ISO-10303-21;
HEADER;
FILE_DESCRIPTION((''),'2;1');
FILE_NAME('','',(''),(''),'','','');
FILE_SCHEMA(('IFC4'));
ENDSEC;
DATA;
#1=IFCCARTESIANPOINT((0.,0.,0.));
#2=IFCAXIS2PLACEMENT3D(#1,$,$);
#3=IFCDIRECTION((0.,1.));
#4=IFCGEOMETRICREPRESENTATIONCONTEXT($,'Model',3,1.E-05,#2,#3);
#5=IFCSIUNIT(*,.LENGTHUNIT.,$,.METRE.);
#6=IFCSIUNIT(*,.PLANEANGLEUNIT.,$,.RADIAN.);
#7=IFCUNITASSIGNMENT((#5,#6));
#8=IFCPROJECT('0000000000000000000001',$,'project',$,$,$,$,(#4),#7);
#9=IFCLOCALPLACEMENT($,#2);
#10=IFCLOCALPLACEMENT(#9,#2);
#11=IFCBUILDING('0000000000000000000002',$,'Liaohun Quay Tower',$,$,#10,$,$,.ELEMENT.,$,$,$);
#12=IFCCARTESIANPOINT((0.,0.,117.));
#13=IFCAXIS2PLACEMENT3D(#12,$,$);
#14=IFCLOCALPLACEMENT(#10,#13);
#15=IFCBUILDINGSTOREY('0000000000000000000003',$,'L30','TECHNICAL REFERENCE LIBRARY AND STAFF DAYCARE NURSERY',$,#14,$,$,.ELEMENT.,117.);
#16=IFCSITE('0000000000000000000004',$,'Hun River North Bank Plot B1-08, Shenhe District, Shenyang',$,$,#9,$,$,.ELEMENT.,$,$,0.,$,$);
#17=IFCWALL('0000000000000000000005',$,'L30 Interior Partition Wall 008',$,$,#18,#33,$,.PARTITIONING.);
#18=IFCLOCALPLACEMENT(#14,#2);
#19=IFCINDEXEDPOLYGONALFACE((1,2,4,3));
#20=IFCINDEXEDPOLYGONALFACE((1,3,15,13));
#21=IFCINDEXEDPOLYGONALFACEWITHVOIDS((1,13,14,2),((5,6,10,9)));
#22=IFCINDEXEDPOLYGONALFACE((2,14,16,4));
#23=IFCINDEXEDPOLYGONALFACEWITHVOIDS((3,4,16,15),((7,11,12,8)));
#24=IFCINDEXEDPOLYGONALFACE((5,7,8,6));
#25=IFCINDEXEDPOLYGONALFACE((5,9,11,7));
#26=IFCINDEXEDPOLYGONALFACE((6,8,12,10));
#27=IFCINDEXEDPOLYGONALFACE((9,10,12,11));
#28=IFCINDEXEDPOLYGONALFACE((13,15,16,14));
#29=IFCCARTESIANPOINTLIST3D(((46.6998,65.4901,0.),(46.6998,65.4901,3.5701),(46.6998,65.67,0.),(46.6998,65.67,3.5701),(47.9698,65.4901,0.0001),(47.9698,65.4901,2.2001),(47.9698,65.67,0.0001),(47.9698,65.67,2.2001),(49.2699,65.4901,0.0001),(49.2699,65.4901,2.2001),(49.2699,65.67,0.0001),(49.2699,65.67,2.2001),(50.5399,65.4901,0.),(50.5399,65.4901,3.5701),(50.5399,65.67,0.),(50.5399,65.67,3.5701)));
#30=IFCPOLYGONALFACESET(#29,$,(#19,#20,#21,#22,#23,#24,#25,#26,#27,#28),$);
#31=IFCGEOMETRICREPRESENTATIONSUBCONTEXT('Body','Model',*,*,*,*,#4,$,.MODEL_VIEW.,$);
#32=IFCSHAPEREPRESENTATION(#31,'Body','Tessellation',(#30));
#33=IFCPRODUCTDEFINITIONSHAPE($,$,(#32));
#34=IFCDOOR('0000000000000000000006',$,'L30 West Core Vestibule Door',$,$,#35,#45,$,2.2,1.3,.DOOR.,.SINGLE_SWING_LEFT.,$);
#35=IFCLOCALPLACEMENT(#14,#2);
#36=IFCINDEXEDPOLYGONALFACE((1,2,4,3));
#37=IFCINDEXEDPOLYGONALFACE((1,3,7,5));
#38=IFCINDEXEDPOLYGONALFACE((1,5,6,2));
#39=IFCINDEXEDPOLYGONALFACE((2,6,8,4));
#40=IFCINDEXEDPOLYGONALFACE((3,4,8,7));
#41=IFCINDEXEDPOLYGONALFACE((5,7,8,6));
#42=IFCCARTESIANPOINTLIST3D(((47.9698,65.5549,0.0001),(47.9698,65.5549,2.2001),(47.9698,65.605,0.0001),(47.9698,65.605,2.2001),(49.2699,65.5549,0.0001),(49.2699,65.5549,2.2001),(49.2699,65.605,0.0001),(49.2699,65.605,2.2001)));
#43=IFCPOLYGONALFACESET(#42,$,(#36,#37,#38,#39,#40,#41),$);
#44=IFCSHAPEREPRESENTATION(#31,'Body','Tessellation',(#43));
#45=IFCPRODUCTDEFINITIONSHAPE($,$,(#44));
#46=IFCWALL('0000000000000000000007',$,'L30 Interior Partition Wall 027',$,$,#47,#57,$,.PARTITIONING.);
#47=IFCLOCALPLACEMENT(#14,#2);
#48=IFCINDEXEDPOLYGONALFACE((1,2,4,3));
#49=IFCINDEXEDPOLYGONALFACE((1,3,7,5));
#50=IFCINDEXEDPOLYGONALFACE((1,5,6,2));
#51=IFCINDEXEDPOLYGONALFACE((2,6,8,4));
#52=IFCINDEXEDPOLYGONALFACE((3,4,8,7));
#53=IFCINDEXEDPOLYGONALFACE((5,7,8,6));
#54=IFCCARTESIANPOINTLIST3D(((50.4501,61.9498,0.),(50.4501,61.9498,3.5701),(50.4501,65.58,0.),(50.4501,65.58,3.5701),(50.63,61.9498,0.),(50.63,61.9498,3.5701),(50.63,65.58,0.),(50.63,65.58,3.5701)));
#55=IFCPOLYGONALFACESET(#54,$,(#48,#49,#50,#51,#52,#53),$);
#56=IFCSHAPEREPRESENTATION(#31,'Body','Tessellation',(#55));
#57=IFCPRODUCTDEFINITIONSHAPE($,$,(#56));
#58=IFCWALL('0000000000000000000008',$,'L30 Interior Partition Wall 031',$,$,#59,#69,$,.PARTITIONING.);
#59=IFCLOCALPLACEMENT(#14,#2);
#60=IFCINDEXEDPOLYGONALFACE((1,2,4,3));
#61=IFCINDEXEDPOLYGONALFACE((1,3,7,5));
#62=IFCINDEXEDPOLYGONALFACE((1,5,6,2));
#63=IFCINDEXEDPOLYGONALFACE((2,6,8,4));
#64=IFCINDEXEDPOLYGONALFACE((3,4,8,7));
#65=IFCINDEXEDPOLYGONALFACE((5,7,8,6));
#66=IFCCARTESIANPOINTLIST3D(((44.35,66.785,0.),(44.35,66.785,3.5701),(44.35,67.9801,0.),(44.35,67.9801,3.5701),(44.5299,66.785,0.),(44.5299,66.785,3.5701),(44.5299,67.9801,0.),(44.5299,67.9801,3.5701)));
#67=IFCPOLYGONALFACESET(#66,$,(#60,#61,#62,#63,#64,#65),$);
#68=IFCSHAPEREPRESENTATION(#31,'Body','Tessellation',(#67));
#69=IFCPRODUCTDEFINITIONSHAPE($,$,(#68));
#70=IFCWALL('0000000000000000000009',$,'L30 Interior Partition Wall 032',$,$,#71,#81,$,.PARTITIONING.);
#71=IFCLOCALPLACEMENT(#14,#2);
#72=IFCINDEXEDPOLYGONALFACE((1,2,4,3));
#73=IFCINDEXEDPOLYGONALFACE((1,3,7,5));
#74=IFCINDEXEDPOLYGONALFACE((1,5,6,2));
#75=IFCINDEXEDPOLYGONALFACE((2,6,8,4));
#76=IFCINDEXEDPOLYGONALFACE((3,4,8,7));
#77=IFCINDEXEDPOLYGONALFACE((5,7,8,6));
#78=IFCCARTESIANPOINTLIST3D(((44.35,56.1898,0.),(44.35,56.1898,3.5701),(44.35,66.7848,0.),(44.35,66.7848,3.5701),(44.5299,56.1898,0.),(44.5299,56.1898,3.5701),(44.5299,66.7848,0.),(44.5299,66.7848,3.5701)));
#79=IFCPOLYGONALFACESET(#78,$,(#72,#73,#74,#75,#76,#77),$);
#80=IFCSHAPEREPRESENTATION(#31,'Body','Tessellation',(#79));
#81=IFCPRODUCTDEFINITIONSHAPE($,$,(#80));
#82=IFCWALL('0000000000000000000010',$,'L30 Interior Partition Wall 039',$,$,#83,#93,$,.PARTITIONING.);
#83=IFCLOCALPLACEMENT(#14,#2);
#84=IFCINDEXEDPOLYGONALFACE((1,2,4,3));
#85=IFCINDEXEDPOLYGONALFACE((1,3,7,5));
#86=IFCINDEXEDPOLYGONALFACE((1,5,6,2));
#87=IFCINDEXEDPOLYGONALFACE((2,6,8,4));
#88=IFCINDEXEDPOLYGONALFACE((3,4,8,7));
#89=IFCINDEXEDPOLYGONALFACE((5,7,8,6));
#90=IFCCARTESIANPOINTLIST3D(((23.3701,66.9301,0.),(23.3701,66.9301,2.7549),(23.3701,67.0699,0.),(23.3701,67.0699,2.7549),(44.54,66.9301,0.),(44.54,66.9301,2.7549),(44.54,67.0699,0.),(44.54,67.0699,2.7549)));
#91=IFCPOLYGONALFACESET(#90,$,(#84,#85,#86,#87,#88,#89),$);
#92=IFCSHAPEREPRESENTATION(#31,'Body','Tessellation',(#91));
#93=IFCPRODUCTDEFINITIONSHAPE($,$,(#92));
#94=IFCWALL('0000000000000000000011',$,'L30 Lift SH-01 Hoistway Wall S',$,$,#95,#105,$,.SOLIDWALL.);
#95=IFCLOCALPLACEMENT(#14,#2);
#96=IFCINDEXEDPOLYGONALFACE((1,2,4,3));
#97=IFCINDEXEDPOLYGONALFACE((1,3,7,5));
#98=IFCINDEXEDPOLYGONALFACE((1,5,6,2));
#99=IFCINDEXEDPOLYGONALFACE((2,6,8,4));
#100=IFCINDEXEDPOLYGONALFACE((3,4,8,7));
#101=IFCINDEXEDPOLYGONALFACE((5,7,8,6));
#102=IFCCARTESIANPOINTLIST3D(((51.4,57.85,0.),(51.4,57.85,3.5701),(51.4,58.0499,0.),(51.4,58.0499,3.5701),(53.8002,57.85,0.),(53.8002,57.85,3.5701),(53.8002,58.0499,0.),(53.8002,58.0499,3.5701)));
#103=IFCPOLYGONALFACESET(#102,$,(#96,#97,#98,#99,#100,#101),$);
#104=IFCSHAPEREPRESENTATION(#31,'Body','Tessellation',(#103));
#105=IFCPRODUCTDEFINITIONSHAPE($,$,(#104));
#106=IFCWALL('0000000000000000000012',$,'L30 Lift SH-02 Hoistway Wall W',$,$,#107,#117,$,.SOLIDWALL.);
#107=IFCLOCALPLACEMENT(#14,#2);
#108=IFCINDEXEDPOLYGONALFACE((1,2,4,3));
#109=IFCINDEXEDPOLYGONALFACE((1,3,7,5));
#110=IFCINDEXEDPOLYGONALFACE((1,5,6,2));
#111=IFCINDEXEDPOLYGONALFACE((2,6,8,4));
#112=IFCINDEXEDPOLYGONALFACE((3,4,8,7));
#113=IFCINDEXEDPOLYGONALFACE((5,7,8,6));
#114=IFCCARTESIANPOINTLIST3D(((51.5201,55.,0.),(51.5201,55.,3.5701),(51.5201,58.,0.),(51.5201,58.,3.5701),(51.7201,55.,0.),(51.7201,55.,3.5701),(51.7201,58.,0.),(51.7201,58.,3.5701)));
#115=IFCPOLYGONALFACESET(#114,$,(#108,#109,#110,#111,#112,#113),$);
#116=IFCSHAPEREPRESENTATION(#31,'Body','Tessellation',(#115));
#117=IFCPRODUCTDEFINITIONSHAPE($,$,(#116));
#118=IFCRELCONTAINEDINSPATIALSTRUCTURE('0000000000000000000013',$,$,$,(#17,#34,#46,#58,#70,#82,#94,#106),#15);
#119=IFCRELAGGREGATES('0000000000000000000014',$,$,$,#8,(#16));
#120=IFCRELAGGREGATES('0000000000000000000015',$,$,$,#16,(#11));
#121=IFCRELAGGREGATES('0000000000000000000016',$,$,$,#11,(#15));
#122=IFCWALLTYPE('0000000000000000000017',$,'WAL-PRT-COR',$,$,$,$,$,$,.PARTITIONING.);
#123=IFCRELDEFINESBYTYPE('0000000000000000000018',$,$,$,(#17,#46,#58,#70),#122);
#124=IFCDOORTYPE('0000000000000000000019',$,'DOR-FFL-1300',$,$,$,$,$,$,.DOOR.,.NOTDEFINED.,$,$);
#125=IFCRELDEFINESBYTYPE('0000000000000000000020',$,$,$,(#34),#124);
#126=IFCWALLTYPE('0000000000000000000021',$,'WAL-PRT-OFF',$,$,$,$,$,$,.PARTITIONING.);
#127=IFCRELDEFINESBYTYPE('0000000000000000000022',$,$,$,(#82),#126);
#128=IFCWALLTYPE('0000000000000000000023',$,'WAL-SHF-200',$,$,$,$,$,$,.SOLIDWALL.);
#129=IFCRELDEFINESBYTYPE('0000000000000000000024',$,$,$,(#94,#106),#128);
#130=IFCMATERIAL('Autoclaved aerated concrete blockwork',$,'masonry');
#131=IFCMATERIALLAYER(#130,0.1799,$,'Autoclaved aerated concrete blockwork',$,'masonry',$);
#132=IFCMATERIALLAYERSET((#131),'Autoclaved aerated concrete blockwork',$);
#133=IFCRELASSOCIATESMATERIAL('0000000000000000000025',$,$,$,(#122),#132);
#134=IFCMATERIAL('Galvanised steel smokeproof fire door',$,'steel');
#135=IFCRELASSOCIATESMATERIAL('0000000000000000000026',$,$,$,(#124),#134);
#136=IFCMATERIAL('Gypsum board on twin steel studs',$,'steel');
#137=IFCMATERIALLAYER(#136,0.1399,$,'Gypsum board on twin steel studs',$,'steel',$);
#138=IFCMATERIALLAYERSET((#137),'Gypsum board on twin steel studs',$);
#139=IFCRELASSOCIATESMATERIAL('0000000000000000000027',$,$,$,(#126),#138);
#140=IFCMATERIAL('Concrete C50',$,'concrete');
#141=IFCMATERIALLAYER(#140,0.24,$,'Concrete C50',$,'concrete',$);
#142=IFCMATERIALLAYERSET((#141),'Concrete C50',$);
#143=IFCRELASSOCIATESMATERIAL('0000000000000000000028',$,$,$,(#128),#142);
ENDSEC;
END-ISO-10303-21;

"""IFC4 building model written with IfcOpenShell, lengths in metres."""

from ifc_helpers import new_model, si_unit, direction, frame, frame_2d, origin, place, context, subcontext, project, spatial, rectangle, extrude, source, transform, mapped, material, layer, layer_set, type_object, element, fill, save


model = new_model("IFC4")

# Units and contexts
model_context = context("Model", 3, precision=1e-05, world=origin(), true_north=direction((0.0, 1.0)))
body_context = subcontext(model_context, "Body", "Model", "MODEL_VIEW")
ifc_project = project(units=[si_unit("LENGTHUNIT", "METRE"), si_unit("PLANEANGLEUNIT", "RADIAN")], contexts=[model_context])

# Site, building, storey
site_placement = place(None, origin())
site = spatial("IfcSite", under=ifc_project, at=site_placement, Name="Hun River North Bank Plot B1-08, Shenhe District, Shenyang", CompositionType="ELEMENT", RefElevation=0.0)
building_placement = place(site_placement, origin())
building = spatial("IfcBuilding", under=site, at=building_placement, Name="Liaohun Quay Tower", CompositionType="ELEMENT")
storey_placement = place(building_placement, frame((0.0, 0.0, 117.0)))
storey = spatial("IfcBuildingStorey", under=building, at=storey_placement, Name="L30", Description="TECHNICAL REFERENCE LIBRARY AND STAFF DAYCARE NURSERY", CompositionType="ELEMENT", Elevation=117.0)

# Wall, opening, door
ifc_material_1 = material(Name="Autoclaved aerated concrete blockwork", Category="masonry")
ifc_layer_1 = layer(ifc_material_1, 0.1799, Name="Autoclaved aerated concrete blockwork", Category="masonry")
ifc_layer_set_1 = layer_set([ifc_layer_1], Name="Autoclaved aerated concrete blockwork")
wall_type_1 = type_object("IfcWallType", Name="WAL-PRT-COR", PredefinedType="PARTITIONING", material=ifc_layer_set_1)
wall_1_placement = place(storey_placement, frame((46.7, 65.5801, 0.0), z_axis=(0.0, 0.0, 1.0), x_axis=(1.0, 0.0, 0.0)))
wall_1 = element("IfcWall", 1, at=wall_1_placement, inside=storey, type_object=wall_type_1, Name="L30 Interior Partition Wall 008", PredefinedType="PARTITIONING", context=body_context, shape_type="SweptSolid", body=[
    extrude(rectangle(XDim=3.8401, YDim=0.1799, at=frame_2d((1.9199, 0.0))), origin(), (0.0, 0.0, 1.0), 3.5701),
])
shared_shape_1 = source(origin(), body_context, "Body", "SweptSolid", [
    extrude(rectangle(XDim=1.3, YDim=2.2, at=frame_2d((0.6499, 1.1001))), frame((0.0, 0.0999, 0.0), z_axis=(0.0, -1.0, 0.0), x_axis=(1.0, 0.0, 0.0)), (0.0, 0.0, 1.0), 0.2),
])
opening_1_placement = place(wall_1_placement, frame((1.27, 0.0, 0.0)))
opening_1 = element("IfcOpeningElement", 2, at=opening_1_placement, cuts=wall_1, PredefinedType="OPENING", context=body_context, shape_type="MappedRepresentation", body=[
    mapped(shared_shape_1, transform((0.0, 0.0, 0.0), x_axis=(1.0, 0.0, 0.0), y_axis=(0.0, 1.0, 0.0), z_axis=(0.0, 0.0, 1.0), scale=1.0)),
])
ifc_material_2 = material(Name="Galvanised steel smokeproof fire door", Category="steel")
door_type_1 = type_object("IfcDoorType", Name="DOR-FFL-1300", OperationType="NOTDEFINED", PredefinedType="DOOR", material=ifc_material_2)
shared_shape_2 = source(origin(), body_context, "Body", "SweptSolid", [
    extrude(rectangle(XDim=1.3, YDim=2.2, at=frame_2d((0.6499, 1.1001))), frame((0.0, 0.0249, 0.0), z_axis=(0.0, -1.0, 0.0), x_axis=(1.0, 0.0, 0.0)), (0.0, 0.0, 1.0), 0.05),
])
door_1_placement = place(opening_1_placement, origin())
door_1 = element("IfcDoor", 3, at=door_1_placement, inside=storey, type_object=door_type_1, Name="L30 West Core Vestibule Door", OperationType="SINGLE_SWING_LEFT", OverallHeight=2.2, OverallWidth=1.3, PredefinedType="DOOR", context=body_context, shape_type="MappedRepresentation", body=[
    mapped(shared_shape_2, transform((0.0, 0.0, 0.0), x_axis=(1.0, 0.0, 0.0), y_axis=(0.0, 1.0, 0.0), z_axis=(0.0, 0.0, 1.0), scale=1.0)),
])
fill(opening_1, door_1)

# Walls
wall_2_placement = place(storey_placement, frame((50.54, 61.95, 0.0), z_axis=(0.0, 0.0, 1.0), x_axis=(0.0, 1.0, 0.0)))
element("IfcWall", 4, at=wall_2_placement, inside=storey, type_object=wall_type_1, Name="L30 Interior Partition Wall 027", PredefinedType="PARTITIONING", context=body_context, shape_type="SweptSolid", body=[
    extrude(rectangle(XDim=3.6301, YDim=0.1799, at=frame_2d((1.8149, 0.0))), origin(), (0.0, 0.0, 1.0), 3.5701),
])
wall_3_placement = place(storey_placement, frame((44.4399, 66.7849, 0.0), z_axis=(0.0, 0.0, 1.0), x_axis=(0.0, 1.0, 0.0)))
element("IfcWall", 5, at=wall_3_placement, inside=storey, type_object=wall_type_1, Name="L30 Interior Partition Wall 031", PredefinedType="PARTITIONING", context=body_context, shape_type="SweptSolid", body=[
    extrude(rectangle(XDim=1.1951, YDim=0.1799, at=frame_2d((0.5977, 0.0))), origin(), (0.0, 0.0, 1.0), 3.5701),
])
wall_4_placement = place(storey_placement, frame((44.4399, 56.1899, 0.0), z_axis=(0.0, 0.0, 1.0), x_axis=(0.0, 1.0, 0.0)))
element("IfcWall", 6, at=wall_4_placement, inside=storey, type_object=wall_type_1, Name="L30 Interior Partition Wall 032", PredefinedType="PARTITIONING", context=body_context, shape_type="SweptSolid", body=[
    extrude(rectangle(XDim=10.595, YDim=0.1799, at=frame_2d((5.2974, 0.0))), origin(), (0.0, 0.0, 1.0), 3.5701),
])
ifc_material_3 = material(Name="Gypsum board on twin steel studs", Category="steel")
ifc_layer_2 = layer(ifc_material_3, 0.1399, Name="Gypsum board on twin steel studs", Category="steel")
ifc_layer_set_2 = layer_set([ifc_layer_2], Name="Gypsum board on twin steel studs")
wall_type_2 = type_object("IfcWallType", Name="WAL-PRT-OFF", PredefinedType="PARTITIONING", material=ifc_layer_set_2)
wall_5_placement = place(storey_placement, frame((44.54, 67.0, 0.0), z_axis=(0.0, 0.0, 1.0), x_axis=(-1.0, 0.0, 0.0)))
element("IfcWall", 7, at=wall_5_placement, inside=storey, type_object=wall_type_2, Name="L30 Interior Partition Wall 039", PredefinedType="PARTITIONING", context=body_context, shape_type="SweptSolid", body=[
    extrude(rectangle(XDim=21.1699, YDim=0.1399, at=frame_2d((10.585, 0.0))), origin(), (0.0, 0.0, 1.0), 2.7549),
])
ifc_material_4 = material(Name="Concrete C50", Category="concrete")
ifc_layer_3 = layer(ifc_material_4, 0.24, Name="Concrete C50", Category="concrete")
ifc_layer_set_3 = layer_set([ifc_layer_3], Name="Concrete C50")
wall_type_3 = type_object("IfcWallType", Name="WAL-SHF-200", PredefinedType="SOLIDWALL", material=ifc_layer_set_3)
wall_6_placement = place(storey_placement, frame((51.3999, 57.95, 0.0), z_axis=(0.0, 0.0, 1.0), x_axis=(1.0, 0.0, 0.0)))
element("IfcWall", 8, at=wall_6_placement, inside=storey, type_object=wall_type_3, Name="L30 Lift SH-01 Hoistway Wall S", PredefinedType="SOLIDWALL", context=body_context, shape_type="SweptSolid", body=[
    extrude(rectangle(XDim=2.4001, YDim=0.2, at=frame_2d((1.2002, 0.0))), origin(), (0.0, 0.0, 1.0), 3.5701),
])
wall_7_placement = place(storey_placement, frame((51.6201, 58.0, 0.0), z_axis=(0.0, 0.0, 1.0), x_axis=(0.0, -1.0, 0.0)))
element("IfcWall", 9, at=wall_7_placement, inside=storey, type_object=wall_type_3, Name="L30 Lift SH-02 Hoistway Wall W", PredefinedType="SOLIDWALL", context=body_context, shape_type="SweptSolid", body=[
    extrude(rectangle(XDim=3.0, YDim=0.2, at=frame_2d((1.5, 0.0))), origin(), (0.0, 0.0, 1.0), 3.5701),
])

save(model, "model.ifc")
